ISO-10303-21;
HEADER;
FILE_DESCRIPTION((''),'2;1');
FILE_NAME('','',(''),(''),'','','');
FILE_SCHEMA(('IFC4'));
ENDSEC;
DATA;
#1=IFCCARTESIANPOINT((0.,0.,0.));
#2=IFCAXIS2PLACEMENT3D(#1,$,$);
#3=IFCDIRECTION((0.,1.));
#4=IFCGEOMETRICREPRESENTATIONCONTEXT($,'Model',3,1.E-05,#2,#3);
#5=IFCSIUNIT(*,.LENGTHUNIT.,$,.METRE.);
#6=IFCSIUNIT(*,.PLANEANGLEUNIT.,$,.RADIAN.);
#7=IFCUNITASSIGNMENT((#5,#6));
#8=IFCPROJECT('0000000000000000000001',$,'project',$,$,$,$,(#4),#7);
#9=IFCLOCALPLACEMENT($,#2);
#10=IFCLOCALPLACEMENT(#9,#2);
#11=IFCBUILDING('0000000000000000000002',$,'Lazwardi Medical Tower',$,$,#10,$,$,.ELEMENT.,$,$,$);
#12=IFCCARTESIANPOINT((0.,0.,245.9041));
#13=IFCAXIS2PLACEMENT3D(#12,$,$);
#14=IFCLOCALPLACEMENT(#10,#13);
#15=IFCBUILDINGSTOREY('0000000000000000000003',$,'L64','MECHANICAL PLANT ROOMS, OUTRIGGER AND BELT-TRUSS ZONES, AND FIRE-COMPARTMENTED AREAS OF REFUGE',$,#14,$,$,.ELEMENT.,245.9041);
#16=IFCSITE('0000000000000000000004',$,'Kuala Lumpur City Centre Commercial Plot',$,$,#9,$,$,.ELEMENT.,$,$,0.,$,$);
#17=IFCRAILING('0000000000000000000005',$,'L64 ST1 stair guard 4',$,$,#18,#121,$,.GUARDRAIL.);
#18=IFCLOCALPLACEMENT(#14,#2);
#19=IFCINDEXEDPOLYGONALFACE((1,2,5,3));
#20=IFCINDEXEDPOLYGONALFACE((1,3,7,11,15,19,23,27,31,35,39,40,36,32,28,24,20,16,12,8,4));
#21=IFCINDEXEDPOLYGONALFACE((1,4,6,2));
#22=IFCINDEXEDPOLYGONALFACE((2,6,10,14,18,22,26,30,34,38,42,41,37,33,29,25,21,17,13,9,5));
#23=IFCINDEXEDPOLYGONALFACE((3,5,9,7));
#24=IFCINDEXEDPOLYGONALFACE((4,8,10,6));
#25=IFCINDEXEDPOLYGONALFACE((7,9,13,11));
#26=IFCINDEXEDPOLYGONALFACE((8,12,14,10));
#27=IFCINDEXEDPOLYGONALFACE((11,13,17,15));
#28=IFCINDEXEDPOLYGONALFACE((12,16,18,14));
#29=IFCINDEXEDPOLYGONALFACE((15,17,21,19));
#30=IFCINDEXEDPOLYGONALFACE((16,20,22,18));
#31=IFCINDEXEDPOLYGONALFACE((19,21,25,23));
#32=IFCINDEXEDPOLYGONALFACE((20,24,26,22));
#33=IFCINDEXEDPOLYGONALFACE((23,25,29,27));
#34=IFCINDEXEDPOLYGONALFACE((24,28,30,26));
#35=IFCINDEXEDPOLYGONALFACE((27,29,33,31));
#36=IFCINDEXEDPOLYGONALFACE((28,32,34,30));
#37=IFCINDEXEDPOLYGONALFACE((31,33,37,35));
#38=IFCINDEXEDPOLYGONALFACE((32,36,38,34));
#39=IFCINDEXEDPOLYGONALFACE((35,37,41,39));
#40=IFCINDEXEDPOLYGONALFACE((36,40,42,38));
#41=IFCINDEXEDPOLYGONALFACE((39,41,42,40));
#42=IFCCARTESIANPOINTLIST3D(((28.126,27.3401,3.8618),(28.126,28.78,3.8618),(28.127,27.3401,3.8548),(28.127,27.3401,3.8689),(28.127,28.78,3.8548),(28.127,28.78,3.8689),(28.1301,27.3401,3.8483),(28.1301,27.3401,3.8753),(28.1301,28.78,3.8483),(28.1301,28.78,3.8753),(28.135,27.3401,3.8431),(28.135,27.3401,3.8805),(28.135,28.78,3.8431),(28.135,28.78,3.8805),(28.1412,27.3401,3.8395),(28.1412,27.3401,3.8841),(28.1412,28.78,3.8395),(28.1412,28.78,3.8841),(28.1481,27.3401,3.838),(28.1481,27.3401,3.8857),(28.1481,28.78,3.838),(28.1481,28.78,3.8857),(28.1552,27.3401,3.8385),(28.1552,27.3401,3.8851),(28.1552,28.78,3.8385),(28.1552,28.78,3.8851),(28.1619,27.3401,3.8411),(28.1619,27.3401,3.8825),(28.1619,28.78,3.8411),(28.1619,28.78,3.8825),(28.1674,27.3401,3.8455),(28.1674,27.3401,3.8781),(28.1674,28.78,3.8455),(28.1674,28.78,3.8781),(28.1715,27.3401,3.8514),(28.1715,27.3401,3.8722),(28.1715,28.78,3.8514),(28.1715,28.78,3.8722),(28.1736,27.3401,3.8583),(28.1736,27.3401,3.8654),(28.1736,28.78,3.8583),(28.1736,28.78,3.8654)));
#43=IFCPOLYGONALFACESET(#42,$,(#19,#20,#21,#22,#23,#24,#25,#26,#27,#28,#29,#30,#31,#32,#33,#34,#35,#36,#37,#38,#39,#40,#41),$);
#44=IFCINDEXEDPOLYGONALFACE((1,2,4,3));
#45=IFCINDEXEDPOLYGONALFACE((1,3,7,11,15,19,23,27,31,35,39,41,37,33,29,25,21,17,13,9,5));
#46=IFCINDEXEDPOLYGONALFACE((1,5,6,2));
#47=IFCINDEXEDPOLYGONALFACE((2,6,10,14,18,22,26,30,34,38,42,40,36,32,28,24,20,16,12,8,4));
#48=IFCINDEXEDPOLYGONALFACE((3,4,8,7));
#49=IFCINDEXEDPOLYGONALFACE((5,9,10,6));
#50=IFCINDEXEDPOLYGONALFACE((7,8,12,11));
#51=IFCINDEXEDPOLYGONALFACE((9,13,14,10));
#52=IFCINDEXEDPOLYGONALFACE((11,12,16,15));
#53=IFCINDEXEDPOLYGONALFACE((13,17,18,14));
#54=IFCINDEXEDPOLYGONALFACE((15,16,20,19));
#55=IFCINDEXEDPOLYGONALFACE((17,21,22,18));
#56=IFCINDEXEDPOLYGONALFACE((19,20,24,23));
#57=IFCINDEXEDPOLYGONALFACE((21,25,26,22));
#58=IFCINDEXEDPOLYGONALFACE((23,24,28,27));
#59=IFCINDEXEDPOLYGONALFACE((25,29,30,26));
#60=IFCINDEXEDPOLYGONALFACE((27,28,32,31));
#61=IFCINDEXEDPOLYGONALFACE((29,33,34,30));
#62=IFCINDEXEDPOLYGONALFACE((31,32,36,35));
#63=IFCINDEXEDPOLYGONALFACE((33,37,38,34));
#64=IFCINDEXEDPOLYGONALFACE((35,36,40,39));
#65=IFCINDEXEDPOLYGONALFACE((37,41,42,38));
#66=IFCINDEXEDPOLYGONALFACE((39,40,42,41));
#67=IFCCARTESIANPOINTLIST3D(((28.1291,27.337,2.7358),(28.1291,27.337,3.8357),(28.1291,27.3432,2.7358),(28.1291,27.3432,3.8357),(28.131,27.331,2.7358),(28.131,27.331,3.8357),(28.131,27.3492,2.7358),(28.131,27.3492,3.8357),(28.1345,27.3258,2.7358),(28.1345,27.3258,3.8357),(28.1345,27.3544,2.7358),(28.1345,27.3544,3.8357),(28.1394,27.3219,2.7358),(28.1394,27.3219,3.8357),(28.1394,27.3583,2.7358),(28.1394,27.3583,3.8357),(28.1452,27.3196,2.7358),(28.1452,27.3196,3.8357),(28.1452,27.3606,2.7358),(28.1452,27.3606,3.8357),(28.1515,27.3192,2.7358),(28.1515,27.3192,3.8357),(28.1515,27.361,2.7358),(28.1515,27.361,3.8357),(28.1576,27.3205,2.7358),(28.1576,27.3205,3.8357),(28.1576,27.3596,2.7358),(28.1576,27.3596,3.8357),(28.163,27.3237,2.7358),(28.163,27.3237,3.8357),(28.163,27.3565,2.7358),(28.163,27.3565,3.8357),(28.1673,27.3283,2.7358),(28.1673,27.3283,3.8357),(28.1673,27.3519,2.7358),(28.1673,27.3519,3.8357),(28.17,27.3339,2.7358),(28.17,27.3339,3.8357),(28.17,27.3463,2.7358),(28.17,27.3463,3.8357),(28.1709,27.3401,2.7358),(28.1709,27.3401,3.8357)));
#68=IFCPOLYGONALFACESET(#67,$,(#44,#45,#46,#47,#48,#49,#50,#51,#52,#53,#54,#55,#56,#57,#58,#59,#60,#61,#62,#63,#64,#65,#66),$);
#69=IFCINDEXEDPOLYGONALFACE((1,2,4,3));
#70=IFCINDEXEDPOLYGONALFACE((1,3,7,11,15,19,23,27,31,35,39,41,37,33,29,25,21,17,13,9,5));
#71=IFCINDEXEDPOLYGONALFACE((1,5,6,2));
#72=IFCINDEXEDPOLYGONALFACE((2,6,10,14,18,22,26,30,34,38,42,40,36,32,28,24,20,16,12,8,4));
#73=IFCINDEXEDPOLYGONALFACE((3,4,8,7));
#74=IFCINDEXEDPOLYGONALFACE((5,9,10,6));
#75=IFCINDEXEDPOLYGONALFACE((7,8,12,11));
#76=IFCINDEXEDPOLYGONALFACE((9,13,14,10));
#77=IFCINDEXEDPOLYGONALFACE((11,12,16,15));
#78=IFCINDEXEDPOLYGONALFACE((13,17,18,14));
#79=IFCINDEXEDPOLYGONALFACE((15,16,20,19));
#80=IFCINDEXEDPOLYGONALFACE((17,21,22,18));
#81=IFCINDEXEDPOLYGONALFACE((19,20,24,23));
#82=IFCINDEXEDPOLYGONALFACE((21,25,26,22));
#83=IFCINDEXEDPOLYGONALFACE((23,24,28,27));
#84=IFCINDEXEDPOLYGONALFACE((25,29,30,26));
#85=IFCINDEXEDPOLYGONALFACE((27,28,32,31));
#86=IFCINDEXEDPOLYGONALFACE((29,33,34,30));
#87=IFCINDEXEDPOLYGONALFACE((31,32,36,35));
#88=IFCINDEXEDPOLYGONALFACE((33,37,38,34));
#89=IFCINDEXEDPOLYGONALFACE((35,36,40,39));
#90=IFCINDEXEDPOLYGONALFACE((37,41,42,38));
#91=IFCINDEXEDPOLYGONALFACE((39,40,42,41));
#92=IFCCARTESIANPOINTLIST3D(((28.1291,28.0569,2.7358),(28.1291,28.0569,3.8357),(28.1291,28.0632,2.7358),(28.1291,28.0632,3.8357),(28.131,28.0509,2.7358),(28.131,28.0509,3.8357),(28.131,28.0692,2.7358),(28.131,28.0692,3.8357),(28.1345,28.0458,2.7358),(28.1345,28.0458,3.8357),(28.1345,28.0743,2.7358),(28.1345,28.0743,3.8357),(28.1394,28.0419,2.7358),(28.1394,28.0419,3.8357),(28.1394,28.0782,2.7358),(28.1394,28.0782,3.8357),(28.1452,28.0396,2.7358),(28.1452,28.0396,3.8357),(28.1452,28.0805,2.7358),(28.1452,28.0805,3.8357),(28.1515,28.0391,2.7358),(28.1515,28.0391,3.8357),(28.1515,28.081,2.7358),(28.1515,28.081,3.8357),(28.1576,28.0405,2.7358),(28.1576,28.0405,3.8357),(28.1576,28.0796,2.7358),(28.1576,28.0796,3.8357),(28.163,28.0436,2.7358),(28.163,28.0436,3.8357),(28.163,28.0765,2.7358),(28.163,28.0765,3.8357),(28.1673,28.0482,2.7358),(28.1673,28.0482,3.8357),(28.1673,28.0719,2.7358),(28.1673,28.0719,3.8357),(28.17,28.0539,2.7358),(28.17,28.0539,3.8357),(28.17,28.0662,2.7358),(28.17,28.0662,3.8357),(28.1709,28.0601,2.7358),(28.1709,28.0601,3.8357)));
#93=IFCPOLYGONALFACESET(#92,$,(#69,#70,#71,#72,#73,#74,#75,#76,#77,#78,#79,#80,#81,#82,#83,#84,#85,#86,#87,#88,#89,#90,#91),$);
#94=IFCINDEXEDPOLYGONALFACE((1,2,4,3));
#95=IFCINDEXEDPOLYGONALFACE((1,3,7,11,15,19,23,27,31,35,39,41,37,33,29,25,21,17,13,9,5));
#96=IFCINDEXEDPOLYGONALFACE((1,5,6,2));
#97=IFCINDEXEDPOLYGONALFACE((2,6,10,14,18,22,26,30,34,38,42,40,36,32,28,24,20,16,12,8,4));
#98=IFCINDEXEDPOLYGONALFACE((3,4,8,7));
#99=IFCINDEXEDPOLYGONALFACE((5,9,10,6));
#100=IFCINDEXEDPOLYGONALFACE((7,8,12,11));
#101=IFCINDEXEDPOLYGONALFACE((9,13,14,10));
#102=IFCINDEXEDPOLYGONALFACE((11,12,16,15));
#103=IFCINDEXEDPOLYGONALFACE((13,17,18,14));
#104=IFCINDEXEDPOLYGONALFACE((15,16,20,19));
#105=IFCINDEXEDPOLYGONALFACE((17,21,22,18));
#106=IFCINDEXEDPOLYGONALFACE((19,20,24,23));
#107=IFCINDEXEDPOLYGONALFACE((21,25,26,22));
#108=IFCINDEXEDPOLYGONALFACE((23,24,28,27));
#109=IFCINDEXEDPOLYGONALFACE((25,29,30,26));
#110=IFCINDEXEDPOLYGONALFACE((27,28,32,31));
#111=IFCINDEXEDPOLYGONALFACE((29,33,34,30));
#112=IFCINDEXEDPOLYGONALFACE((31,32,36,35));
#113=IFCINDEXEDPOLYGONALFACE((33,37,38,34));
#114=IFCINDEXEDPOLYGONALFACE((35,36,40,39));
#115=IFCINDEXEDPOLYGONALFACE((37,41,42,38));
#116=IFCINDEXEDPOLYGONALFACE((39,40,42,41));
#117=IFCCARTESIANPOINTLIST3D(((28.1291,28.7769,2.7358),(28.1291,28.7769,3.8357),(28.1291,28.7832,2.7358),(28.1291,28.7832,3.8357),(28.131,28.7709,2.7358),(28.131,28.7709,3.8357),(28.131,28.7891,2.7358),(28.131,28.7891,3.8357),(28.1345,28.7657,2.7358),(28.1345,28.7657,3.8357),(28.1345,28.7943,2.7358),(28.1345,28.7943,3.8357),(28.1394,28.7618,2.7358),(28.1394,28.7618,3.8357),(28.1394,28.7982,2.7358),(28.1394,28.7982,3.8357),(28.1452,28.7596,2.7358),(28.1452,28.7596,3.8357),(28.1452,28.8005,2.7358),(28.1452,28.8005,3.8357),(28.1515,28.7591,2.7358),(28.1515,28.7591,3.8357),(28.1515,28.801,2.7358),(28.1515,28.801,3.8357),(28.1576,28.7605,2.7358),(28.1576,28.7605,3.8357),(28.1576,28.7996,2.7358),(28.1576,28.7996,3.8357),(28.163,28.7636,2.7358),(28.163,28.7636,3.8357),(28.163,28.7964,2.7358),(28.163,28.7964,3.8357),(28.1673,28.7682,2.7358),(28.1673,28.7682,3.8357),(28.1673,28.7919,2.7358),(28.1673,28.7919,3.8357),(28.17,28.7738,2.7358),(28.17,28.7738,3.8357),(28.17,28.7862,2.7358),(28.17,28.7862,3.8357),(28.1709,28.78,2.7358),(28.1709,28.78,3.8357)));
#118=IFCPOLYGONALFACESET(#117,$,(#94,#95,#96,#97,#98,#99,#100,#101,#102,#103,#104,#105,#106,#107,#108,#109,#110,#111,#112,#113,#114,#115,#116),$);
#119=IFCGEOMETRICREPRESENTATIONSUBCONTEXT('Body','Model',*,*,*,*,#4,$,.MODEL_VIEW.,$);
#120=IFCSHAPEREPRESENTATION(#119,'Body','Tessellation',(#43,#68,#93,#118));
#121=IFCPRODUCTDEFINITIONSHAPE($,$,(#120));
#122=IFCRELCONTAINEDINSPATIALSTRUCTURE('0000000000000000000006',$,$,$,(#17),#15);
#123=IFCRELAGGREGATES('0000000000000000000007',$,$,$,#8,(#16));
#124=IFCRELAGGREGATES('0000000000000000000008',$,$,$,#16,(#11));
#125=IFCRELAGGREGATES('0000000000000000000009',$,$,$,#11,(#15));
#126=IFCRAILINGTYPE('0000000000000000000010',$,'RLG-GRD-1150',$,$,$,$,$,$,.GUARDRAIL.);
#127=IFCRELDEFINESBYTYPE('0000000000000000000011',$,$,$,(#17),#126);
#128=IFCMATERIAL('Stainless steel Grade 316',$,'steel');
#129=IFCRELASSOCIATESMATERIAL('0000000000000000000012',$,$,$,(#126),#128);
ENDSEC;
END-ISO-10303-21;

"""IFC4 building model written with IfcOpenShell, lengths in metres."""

from ifc_helpers import new_model, si_unit, direction, frame, origin, origin_2d, place, context, subcontext, project, spatial, circle, extrude, material, type_object, element, save


model = new_model("IFC4")

# Units and contexts
model_context = context("Model", 3, precision=1e-05, world=origin(), true_north=direction((0.0, 1.0)))
body_context = subcontext(model_context, "Body", "Model", "MODEL_VIEW")
ifc_project = project(units=[si_unit("LENGTHUNIT", "METRE"), si_unit("PLANEANGLEUNIT", "RADIAN")], contexts=[model_context])

# Site, building, storey
site_placement = place(None, origin())
site = spatial("IfcSite", under=ifc_project, at=site_placement, Name="Kuala Lumpur City Centre Commercial Plot", CompositionType="ELEMENT", RefElevation=0.0)
building_placement = place(site_placement, origin())
building = spatial("IfcBuilding", under=site, at=building_placement, Name="Lazwardi Medical Tower", CompositionType="ELEMENT")
storey_placement = place(building_placement, frame((0.0, 0.0, 245.9041)))
storey = spatial("IfcBuildingStorey", under=building, at=storey_placement, Name="L64", Description="MECHANICAL PLANT ROOMS, OUTRIGGER AND BELT-TRUSS ZONES, AND FIRE-COMPARTMENTED AREAS OF REFUGE", CompositionType="ELEMENT", Elevation=245.9041)

# Railing
ifc_material_1 = material(Name="Stainless steel Grade 316", Category="steel")
railing_type_1 = type_object("IfcRailingType", Name="RLG-GRD-1150", PredefinedType="GUARDRAIL", material=ifc_material_1)
railing_1_placement = place(storey_placement, frame((28.1499, 27.3401, 2.7358)))
element("IfcRailing", 1, at=railing_1_placement, inside=storey, type_object=railing_type_1, Name="L64 ST1 stair guard 4", PredefinedType="GUARDRAIL", context=body_context, shape_type="SweptSolid", body=[
    extrude(circle(Radius=0.0239, at=origin_2d()), frame((0.0, 0.0, 1.126), z_axis=(0.0, 1.0, 0.0), x_axis=(-1.0, 0.0, 0.0)), (0.0, 0.0, 1.0), 1.4399),
    extrude(circle(Radius=0.021, at=origin_2d()), origin(), (0.0, 0.0, 1.0), 1.0999),
    extrude(circle(Radius=0.021, at=origin_2d()), frame((0.0, 0.72, 0.0)), (0.0, 0.0, 1.0), 1.0999),
    extrude(circle(Radius=0.021, at=origin_2d()), frame((0.0, 1.4399, 0.0)), (0.0, 0.0, 1.0), 1.0999),
])

save(model, "model.ifc")
